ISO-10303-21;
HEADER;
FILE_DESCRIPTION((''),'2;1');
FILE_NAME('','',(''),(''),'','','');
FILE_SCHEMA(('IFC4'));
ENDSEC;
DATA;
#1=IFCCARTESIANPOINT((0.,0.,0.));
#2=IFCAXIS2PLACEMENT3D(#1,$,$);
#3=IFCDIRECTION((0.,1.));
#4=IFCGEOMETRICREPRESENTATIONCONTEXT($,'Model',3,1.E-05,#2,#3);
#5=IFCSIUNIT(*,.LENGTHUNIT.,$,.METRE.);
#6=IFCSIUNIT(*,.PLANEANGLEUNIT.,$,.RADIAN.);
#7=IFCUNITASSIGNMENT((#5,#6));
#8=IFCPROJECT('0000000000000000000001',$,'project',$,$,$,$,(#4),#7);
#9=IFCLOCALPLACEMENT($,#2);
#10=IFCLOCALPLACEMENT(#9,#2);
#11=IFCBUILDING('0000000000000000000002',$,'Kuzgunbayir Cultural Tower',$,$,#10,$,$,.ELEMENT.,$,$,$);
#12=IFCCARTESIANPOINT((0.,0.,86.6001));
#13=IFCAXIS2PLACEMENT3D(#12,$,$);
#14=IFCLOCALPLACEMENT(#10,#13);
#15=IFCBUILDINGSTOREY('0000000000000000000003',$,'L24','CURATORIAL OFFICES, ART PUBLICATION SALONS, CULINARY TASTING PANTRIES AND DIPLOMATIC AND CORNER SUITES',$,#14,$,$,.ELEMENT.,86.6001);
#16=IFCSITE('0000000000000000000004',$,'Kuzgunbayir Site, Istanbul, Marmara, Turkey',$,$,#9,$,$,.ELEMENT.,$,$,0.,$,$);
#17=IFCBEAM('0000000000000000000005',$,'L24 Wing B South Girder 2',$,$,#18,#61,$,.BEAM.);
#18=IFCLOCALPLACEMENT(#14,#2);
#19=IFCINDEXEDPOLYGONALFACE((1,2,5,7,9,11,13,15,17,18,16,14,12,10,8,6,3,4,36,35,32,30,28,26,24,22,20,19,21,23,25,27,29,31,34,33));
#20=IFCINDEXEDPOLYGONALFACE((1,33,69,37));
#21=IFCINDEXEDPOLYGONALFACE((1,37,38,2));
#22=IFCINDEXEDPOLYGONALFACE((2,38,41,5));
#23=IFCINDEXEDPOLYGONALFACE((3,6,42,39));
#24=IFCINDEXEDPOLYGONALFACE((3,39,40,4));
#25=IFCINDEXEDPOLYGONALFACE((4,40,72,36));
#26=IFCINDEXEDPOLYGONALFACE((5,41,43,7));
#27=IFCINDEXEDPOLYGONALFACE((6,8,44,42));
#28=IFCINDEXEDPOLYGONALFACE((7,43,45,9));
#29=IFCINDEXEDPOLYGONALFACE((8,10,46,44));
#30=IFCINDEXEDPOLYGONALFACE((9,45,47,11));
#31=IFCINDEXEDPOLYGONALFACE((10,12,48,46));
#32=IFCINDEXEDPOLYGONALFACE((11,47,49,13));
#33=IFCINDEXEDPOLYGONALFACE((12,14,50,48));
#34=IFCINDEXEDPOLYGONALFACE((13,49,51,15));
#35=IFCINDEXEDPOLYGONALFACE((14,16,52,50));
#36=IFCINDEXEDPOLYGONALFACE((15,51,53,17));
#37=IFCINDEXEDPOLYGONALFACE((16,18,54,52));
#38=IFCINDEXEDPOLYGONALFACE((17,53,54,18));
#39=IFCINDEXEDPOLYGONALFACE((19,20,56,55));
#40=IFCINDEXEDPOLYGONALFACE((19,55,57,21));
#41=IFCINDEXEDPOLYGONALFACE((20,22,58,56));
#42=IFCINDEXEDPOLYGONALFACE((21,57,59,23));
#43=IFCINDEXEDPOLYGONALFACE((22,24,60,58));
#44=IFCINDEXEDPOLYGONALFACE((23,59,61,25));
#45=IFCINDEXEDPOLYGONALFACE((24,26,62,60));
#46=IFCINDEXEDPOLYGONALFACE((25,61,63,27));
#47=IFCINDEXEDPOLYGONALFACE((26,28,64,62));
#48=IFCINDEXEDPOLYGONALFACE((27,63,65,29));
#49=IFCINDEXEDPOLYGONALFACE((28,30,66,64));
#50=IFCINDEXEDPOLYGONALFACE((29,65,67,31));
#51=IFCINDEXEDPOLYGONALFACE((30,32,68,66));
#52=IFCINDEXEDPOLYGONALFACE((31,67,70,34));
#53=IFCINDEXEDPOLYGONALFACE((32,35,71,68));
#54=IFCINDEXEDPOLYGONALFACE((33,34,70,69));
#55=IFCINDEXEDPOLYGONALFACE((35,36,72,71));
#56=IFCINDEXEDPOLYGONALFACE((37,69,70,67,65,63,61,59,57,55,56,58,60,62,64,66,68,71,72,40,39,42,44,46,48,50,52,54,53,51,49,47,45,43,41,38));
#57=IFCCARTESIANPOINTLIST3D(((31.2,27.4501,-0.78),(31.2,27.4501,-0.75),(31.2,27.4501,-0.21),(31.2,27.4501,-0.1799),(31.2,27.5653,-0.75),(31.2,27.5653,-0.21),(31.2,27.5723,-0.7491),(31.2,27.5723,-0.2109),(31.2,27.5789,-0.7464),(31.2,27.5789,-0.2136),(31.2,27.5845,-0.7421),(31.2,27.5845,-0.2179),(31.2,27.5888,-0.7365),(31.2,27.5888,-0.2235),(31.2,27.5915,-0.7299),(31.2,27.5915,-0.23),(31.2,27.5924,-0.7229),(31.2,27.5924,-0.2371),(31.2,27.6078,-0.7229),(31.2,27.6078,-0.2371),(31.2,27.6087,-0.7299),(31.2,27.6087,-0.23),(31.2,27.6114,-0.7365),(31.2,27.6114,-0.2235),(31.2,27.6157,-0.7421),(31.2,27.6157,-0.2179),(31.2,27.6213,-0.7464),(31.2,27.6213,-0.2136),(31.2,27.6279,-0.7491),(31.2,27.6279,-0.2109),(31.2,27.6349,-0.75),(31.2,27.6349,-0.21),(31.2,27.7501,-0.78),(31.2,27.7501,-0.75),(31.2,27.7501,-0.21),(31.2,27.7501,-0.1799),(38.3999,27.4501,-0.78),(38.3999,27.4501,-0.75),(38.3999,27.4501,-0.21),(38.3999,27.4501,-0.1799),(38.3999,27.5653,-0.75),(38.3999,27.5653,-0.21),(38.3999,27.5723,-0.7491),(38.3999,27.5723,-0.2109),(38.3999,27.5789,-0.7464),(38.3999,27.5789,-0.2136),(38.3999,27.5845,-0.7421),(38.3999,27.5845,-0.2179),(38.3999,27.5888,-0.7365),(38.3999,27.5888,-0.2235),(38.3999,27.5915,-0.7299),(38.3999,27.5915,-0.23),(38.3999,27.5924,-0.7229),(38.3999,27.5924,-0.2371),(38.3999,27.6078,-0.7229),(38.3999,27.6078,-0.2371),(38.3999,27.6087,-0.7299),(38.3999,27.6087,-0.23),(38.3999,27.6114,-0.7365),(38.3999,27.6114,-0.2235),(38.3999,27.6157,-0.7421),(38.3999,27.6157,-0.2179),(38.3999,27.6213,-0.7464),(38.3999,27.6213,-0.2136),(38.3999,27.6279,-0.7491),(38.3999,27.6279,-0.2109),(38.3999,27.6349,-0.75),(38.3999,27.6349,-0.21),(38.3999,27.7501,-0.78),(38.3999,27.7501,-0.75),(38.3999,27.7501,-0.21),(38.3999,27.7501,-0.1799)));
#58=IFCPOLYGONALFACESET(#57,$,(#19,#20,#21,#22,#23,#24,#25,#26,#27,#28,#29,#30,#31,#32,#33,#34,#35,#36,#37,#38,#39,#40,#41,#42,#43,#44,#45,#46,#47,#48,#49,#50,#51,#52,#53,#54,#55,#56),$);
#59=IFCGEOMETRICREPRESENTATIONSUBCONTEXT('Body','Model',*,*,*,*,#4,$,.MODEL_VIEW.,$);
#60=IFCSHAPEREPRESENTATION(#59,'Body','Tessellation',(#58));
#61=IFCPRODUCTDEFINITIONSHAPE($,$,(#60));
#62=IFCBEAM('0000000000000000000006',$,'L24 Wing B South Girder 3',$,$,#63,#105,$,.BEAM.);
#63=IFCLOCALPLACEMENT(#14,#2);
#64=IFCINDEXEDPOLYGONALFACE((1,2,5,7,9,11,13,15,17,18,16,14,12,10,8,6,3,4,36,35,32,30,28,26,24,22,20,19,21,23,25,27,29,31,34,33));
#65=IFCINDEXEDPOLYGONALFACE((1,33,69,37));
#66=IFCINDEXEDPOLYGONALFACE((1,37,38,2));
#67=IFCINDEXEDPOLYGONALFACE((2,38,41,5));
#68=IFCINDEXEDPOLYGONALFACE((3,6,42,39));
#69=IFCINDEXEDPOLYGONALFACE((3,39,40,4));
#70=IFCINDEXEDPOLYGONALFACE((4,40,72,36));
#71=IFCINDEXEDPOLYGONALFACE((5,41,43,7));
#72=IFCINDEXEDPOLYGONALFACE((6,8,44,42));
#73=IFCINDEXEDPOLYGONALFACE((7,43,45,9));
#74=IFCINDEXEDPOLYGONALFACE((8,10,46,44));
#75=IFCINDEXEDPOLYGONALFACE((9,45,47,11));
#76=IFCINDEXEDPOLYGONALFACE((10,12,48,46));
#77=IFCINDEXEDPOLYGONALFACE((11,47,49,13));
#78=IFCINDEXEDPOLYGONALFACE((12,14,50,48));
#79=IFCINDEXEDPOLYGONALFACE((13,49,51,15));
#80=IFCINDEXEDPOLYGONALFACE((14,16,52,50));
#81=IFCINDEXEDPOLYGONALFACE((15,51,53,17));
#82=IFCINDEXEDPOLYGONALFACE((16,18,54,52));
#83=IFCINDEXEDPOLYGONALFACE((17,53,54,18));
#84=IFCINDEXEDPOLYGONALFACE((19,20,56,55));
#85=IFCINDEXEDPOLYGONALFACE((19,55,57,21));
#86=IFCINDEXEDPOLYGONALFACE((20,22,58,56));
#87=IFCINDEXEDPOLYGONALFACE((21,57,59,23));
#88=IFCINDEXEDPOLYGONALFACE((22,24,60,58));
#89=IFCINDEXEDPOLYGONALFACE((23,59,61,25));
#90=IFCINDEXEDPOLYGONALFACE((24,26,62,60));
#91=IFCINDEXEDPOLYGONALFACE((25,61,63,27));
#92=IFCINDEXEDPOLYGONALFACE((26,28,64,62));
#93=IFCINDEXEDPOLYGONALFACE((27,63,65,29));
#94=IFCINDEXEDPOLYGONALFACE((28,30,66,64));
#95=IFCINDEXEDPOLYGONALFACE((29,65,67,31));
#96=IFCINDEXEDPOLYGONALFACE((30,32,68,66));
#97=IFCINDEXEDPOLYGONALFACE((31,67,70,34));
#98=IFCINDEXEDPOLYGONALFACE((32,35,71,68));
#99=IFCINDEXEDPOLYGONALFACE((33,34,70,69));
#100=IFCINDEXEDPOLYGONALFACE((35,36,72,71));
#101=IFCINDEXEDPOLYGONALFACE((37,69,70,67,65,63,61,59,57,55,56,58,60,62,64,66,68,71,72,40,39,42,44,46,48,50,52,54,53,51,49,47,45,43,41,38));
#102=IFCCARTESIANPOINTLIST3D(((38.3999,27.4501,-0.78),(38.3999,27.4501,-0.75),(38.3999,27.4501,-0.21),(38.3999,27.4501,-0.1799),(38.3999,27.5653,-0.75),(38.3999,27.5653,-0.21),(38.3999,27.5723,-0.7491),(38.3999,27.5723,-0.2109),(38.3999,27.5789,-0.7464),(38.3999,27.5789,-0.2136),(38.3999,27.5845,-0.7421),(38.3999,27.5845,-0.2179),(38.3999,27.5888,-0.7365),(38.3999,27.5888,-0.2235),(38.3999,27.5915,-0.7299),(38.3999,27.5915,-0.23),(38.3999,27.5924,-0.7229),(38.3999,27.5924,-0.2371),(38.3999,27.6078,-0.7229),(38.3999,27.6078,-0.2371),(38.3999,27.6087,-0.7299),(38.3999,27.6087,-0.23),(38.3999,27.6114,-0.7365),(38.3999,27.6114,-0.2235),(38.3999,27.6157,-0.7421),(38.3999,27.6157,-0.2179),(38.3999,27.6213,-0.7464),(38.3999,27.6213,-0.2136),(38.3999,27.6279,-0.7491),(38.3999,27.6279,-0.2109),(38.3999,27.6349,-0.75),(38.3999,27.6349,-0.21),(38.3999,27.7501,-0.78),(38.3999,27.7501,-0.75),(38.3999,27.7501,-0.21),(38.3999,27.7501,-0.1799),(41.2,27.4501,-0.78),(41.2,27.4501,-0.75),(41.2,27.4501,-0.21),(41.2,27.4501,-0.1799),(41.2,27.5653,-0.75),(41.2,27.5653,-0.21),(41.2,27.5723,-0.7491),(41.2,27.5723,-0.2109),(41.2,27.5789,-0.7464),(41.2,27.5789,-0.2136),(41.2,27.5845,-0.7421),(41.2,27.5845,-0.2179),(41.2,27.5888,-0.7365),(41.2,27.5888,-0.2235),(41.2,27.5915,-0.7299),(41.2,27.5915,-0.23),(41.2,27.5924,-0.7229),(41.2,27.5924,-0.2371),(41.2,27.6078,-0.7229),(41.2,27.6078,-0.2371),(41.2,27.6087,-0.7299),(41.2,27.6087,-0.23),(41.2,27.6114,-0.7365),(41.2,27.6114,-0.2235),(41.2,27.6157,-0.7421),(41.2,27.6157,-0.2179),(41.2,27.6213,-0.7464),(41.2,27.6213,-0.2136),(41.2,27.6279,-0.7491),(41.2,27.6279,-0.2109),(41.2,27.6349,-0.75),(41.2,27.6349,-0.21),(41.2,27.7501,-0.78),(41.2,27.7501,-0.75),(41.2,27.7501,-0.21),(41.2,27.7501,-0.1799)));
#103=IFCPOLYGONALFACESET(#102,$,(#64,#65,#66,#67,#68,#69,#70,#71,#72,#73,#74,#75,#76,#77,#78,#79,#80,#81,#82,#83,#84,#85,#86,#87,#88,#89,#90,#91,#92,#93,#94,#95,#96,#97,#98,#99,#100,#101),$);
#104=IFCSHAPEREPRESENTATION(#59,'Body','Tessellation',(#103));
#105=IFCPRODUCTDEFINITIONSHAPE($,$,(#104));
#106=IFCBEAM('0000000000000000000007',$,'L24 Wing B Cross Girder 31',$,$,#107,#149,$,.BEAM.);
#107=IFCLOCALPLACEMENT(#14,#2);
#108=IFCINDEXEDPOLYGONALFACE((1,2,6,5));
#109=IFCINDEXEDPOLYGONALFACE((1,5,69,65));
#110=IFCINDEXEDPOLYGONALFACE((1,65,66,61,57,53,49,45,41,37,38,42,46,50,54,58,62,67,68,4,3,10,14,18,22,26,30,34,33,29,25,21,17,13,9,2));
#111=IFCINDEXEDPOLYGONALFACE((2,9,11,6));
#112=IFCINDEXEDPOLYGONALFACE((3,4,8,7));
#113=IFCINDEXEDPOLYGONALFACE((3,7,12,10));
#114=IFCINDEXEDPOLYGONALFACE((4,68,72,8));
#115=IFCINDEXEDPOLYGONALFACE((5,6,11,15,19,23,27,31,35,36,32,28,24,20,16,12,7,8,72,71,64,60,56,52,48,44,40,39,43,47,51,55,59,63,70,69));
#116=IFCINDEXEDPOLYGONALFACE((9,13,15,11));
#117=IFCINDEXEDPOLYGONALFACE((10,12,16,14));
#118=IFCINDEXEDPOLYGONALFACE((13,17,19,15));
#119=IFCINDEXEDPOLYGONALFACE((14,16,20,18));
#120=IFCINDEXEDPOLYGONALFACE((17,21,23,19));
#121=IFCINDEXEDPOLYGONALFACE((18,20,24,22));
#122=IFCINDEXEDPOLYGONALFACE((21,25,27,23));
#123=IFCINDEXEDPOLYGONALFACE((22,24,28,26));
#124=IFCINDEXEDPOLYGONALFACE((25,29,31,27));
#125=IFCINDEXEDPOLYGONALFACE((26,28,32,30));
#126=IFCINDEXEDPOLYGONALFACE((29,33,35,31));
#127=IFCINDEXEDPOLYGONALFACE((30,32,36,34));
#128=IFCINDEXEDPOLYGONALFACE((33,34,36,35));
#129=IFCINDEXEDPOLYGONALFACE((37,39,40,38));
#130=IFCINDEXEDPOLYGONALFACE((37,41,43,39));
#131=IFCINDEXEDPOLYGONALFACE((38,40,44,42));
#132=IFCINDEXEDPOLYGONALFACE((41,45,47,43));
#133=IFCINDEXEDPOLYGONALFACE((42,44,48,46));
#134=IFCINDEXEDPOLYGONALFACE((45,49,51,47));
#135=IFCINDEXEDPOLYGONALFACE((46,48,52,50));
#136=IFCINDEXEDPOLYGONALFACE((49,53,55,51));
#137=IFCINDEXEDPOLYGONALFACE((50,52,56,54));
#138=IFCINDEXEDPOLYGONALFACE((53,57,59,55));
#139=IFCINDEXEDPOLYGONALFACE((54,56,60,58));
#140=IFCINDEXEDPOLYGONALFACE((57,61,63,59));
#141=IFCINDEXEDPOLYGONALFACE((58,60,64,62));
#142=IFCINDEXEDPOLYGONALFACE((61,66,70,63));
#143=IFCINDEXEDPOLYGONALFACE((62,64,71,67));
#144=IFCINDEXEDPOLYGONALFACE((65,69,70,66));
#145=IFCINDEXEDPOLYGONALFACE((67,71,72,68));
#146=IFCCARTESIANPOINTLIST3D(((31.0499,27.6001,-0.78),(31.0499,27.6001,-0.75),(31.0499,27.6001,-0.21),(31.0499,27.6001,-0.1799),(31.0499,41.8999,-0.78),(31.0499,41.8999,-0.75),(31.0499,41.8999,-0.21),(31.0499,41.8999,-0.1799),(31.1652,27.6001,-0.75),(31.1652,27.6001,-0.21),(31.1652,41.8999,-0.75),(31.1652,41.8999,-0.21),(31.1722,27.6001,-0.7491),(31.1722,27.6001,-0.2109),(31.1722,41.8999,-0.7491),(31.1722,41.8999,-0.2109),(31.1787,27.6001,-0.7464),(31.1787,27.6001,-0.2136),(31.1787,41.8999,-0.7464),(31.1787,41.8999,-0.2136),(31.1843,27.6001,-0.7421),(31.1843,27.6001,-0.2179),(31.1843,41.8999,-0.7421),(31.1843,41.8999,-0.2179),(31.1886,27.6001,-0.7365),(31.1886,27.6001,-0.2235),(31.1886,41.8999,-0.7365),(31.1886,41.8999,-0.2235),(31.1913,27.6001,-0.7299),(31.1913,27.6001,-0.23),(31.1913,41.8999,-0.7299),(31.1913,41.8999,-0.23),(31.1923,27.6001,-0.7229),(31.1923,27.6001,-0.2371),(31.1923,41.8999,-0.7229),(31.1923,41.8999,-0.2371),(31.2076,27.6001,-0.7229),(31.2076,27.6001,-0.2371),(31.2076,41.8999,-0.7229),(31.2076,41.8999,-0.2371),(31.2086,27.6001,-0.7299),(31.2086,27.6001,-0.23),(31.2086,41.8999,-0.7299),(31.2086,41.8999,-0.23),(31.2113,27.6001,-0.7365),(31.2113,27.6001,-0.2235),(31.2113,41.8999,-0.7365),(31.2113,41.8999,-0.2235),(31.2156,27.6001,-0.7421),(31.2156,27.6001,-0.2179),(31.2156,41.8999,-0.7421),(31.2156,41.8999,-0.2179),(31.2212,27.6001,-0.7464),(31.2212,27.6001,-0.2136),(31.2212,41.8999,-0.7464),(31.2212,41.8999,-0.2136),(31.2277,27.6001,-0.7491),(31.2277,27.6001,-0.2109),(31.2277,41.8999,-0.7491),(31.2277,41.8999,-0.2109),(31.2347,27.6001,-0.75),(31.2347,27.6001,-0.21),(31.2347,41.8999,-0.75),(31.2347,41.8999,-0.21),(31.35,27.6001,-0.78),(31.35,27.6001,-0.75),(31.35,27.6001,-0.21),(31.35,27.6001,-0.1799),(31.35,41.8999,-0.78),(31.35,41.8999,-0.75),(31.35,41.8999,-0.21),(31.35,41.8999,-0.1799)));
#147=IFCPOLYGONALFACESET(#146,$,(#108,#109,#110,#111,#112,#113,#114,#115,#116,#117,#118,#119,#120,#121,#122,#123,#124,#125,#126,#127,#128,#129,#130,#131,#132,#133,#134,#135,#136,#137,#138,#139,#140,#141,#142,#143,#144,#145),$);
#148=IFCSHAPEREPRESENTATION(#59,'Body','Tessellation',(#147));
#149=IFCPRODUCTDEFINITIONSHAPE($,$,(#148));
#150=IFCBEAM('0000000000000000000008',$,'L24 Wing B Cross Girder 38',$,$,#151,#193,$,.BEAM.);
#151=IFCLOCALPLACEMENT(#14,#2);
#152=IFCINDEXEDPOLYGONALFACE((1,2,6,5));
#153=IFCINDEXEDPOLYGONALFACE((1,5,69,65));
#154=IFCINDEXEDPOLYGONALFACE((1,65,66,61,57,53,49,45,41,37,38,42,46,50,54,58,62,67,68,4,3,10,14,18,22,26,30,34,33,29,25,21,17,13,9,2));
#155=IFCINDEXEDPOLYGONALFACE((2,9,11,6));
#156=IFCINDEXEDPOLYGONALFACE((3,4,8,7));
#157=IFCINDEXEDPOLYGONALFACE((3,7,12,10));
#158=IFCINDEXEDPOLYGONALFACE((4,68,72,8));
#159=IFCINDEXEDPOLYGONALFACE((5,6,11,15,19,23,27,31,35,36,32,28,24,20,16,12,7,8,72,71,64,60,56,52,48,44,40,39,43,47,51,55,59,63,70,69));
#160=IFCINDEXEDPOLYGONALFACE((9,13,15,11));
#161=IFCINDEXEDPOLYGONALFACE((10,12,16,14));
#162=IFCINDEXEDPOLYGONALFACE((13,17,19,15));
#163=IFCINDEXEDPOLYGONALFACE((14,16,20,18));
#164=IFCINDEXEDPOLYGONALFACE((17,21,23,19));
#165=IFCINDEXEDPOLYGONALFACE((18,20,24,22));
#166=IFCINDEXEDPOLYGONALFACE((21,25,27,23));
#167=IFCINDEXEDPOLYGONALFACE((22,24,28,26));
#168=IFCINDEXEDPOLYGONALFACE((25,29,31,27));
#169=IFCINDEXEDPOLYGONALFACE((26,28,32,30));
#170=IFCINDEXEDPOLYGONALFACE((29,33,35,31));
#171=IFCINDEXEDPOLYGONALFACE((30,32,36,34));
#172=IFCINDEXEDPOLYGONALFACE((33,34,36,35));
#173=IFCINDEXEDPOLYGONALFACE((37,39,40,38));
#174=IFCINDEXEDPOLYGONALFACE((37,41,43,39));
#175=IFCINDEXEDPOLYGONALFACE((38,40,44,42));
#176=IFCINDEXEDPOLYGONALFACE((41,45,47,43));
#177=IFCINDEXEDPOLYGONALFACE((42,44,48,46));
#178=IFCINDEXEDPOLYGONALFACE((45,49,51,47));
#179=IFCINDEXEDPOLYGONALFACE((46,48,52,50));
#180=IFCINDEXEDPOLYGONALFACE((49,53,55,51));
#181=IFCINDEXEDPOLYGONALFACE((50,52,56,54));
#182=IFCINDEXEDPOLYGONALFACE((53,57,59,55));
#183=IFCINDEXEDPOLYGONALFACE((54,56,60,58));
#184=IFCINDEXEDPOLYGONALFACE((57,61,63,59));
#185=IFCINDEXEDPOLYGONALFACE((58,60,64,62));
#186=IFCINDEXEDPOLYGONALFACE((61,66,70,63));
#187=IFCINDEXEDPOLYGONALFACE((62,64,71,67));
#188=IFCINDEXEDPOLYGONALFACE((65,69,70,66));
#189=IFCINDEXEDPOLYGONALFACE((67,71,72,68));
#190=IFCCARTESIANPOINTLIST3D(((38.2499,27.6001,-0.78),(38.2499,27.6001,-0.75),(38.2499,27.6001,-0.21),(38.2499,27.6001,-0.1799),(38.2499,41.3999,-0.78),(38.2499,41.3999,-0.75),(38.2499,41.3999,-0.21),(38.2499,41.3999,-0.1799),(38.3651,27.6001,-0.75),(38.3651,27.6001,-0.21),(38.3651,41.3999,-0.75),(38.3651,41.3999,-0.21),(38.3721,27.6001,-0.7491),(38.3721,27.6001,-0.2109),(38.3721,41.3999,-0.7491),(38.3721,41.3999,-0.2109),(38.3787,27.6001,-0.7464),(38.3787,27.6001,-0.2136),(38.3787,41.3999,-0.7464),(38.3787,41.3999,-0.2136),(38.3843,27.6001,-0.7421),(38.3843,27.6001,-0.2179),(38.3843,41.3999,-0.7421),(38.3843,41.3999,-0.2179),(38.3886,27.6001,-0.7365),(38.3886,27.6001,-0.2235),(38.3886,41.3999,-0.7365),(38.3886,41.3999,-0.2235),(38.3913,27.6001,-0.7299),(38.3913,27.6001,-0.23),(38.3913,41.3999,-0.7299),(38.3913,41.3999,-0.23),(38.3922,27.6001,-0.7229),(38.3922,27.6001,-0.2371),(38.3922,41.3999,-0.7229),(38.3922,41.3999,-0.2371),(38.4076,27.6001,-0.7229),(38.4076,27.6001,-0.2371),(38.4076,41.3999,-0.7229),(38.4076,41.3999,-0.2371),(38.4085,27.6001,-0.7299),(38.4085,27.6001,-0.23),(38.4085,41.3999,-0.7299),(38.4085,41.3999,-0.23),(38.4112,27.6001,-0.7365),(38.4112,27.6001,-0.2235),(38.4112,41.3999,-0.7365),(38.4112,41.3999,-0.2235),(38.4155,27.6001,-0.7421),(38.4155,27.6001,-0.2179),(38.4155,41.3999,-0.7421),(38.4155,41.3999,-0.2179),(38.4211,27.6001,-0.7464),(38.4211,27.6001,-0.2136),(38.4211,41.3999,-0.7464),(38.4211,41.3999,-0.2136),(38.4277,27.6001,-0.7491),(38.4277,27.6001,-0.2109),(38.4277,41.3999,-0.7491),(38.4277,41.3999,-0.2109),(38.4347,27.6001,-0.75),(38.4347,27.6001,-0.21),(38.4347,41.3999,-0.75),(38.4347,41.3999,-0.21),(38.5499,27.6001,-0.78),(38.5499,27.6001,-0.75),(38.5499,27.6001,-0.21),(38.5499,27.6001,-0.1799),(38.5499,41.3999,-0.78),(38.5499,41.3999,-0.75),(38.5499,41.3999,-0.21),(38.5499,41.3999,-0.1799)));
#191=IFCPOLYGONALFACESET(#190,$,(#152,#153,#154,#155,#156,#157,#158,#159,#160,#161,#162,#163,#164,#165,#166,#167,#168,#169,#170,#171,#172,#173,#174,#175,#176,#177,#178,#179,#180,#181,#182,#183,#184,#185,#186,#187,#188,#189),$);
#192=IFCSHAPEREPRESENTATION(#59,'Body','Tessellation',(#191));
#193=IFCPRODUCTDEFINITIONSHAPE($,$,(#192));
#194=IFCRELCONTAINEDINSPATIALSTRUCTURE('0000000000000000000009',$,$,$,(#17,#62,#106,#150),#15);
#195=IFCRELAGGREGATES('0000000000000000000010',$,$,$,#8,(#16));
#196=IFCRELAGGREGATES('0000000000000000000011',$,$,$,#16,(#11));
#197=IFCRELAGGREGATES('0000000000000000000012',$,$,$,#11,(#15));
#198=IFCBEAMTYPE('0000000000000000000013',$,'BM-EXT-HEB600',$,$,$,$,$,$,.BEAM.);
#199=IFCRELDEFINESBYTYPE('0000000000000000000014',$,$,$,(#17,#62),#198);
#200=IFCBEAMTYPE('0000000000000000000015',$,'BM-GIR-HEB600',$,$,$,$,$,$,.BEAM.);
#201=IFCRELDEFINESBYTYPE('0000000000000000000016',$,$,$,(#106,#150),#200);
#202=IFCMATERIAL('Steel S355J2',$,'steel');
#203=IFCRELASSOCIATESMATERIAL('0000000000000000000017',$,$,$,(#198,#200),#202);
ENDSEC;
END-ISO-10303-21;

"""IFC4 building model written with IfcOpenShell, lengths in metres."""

from ifc_helpers import new_model, si_unit, direction, frame, origin, origin_2d, place, context, subcontext, project, spatial, i_section, extrude, material, material_profile, profile_set, type_object, element, save


model = new_model("IFC4")

# Units and contexts
model_context = context("Model", 3, precision=1e-05, world=origin(), true_north=direction((0.0, 1.0)))
body_context = subcontext(model_context, "Body", "Model", "MODEL_VIEW")
ifc_project = project(units=[si_unit("LENGTHUNIT", "METRE"), si_unit("PLANEANGLEUNIT", "RADIAN")], contexts=[model_context])

# Site, building, storey
site_placement = place(None, origin())
site = spatial("IfcSite", under=ifc_project, at=site_placement, Name="Kuzgunbayir Site, Istanbul, Marmara, Turkey", CompositionType="ELEMENT", RefElevation=0.0)
building_placement = place(site_placement, origin())
building = spatial("IfcBuilding", under=site, at=building_placement, Name="Kuzgunbayir Cultural Tower", CompositionType="ELEMENT")
storey_placement = place(building_placement, frame((0.0, 0.0, 86.6001)))
storey = spatial("IfcBuildingStorey", under=building, at=storey_placement, Name="L24", Description="CURATORIAL OFFICES, ART PUBLICATION SALONS, CULINARY TASTING PANTRIES AND DIPLOMATIC AND CORNER SUITES", CompositionType="ELEMENT", Elevation=86.6001)

# Beams
ifc_material_1 = material(Name="Steel S355J2", Category="steel")
ifc_material_profile_1 = material_profile(ifc_material_1, i_section(OverallWidth=0.3, OverallDepth=0.6001, WebThickness=0.0154, FlangeThickness=0.03, FilletRadius=0.0271, at=origin_2d()), Name="HEB 600")
ifc_profile_set_1 = profile_set([ifc_material_profile_1], Name="Steel S355J2")
beam_type_1 = type_object("IfcBeamType", Name="BM-EXT-HEB600", PredefinedType="BEAM", material=ifc_profile_set_1)
beam_1_placement = place(storey_placement, frame((31.2, 27.6001, -0.48), z_axis=(1.0, 0.0, 0.0), x_axis=(0.0, 1.0, 0.0)))
element("IfcBeam", 1, at=beam_1_placement, inside=storey, type_object=beam_type_1, Name="L24 Wing B South Girder 2", PredefinedType="BEAM", context=body_context, shape_type="SweptSolid", body=[
    extrude(i_section(OverallWidth=0.3, OverallDepth=0.6001, WebThickness=0.0154, FlangeThickness=0.03, FilletRadius=0.0271, at=origin_2d()), origin(), (0.0, 0.0, 1.0), 7.2),
])
beam_2_placement = place(storey_placement, frame((38.3999, 27.6001, -0.48), z_axis=(1.0, 0.0, 0.0), x_axis=(0.0, 1.0, 0.0)))
element("IfcBeam", 2, at=beam_2_placement, inside=storey, type_object=beam_type_1, Name="L24 Wing B South Girder 3", PredefinedType="BEAM", context=body_context, shape_type="SweptSolid", body=[
    extrude(i_section(OverallWidth=0.3, OverallDepth=0.6001, WebThickness=0.0154, FlangeThickness=0.03, FilletRadius=0.0271, at=origin_2d()), origin(), (0.0, 0.0, 1.0), 2.8),
])
ifc_material_profile_2 = material_profile(ifc_material_1, i_section(OverallWidth=0.3, OverallDepth=0.6001, WebThickness=0.0154, FlangeThickness=0.03, FilletRadius=0.0271, at=origin_2d()), Name="HEB 600")
ifc_profile_set_2 = profile_set([ifc_material_profile_2], Name="Steel S355J2")
beam_type_2 = type_object("IfcBeamType", Name="BM-GIR-HEB600", PredefinedType="BEAM", material=ifc_profile_set_2)
beam_3_placement = place(storey_placement, frame((31.2, 27.6001, -0.48), z_axis=(0.0, 1.0, 0.0), x_axis=(-1.0, 0.0, 0.0)))
element("IfcBeam", 3, at=beam_3_placement, inside=storey, type_object=beam_type_2, Name="L24 Wing B Cross Girder 31", PredefinedType="BEAM", context=body_context, shape_type="SweptSolid", body=[
    extrude(i_section(OverallWidth=0.3, OverallDepth=0.6001, WebThickness=0.0154, FlangeThickness=0.03, FilletRadius=0.0271, at=origin_2d()), origin(), (0.0, 0.0, 1.0), 14.2998),
])
beam_4_placement = place(storey_placement, frame((38.3999, 27.6001, -0.48), z_axis=(0.0, 1.0, 0.0), x_axis=(-1.0, 0.0, 0.0)))
element("IfcBeam", 4, at=beam_4_placement, inside=storey, type_object=beam_type_2, Name="L24 Wing B Cross Girder 38", PredefinedType="BEAM", context=body_context, shape_type="SweptSolid", body=[
    extrude(i_section(OverallWidth=0.3, OverallDepth=0.6001, WebThickness=0.0154, FlangeThickness=0.03, FilletRadius=0.0271, at=origin_2d()), origin(), (0.0, 0.0, 1.0), 13.7998),
])

save(model, "model.ifc")
